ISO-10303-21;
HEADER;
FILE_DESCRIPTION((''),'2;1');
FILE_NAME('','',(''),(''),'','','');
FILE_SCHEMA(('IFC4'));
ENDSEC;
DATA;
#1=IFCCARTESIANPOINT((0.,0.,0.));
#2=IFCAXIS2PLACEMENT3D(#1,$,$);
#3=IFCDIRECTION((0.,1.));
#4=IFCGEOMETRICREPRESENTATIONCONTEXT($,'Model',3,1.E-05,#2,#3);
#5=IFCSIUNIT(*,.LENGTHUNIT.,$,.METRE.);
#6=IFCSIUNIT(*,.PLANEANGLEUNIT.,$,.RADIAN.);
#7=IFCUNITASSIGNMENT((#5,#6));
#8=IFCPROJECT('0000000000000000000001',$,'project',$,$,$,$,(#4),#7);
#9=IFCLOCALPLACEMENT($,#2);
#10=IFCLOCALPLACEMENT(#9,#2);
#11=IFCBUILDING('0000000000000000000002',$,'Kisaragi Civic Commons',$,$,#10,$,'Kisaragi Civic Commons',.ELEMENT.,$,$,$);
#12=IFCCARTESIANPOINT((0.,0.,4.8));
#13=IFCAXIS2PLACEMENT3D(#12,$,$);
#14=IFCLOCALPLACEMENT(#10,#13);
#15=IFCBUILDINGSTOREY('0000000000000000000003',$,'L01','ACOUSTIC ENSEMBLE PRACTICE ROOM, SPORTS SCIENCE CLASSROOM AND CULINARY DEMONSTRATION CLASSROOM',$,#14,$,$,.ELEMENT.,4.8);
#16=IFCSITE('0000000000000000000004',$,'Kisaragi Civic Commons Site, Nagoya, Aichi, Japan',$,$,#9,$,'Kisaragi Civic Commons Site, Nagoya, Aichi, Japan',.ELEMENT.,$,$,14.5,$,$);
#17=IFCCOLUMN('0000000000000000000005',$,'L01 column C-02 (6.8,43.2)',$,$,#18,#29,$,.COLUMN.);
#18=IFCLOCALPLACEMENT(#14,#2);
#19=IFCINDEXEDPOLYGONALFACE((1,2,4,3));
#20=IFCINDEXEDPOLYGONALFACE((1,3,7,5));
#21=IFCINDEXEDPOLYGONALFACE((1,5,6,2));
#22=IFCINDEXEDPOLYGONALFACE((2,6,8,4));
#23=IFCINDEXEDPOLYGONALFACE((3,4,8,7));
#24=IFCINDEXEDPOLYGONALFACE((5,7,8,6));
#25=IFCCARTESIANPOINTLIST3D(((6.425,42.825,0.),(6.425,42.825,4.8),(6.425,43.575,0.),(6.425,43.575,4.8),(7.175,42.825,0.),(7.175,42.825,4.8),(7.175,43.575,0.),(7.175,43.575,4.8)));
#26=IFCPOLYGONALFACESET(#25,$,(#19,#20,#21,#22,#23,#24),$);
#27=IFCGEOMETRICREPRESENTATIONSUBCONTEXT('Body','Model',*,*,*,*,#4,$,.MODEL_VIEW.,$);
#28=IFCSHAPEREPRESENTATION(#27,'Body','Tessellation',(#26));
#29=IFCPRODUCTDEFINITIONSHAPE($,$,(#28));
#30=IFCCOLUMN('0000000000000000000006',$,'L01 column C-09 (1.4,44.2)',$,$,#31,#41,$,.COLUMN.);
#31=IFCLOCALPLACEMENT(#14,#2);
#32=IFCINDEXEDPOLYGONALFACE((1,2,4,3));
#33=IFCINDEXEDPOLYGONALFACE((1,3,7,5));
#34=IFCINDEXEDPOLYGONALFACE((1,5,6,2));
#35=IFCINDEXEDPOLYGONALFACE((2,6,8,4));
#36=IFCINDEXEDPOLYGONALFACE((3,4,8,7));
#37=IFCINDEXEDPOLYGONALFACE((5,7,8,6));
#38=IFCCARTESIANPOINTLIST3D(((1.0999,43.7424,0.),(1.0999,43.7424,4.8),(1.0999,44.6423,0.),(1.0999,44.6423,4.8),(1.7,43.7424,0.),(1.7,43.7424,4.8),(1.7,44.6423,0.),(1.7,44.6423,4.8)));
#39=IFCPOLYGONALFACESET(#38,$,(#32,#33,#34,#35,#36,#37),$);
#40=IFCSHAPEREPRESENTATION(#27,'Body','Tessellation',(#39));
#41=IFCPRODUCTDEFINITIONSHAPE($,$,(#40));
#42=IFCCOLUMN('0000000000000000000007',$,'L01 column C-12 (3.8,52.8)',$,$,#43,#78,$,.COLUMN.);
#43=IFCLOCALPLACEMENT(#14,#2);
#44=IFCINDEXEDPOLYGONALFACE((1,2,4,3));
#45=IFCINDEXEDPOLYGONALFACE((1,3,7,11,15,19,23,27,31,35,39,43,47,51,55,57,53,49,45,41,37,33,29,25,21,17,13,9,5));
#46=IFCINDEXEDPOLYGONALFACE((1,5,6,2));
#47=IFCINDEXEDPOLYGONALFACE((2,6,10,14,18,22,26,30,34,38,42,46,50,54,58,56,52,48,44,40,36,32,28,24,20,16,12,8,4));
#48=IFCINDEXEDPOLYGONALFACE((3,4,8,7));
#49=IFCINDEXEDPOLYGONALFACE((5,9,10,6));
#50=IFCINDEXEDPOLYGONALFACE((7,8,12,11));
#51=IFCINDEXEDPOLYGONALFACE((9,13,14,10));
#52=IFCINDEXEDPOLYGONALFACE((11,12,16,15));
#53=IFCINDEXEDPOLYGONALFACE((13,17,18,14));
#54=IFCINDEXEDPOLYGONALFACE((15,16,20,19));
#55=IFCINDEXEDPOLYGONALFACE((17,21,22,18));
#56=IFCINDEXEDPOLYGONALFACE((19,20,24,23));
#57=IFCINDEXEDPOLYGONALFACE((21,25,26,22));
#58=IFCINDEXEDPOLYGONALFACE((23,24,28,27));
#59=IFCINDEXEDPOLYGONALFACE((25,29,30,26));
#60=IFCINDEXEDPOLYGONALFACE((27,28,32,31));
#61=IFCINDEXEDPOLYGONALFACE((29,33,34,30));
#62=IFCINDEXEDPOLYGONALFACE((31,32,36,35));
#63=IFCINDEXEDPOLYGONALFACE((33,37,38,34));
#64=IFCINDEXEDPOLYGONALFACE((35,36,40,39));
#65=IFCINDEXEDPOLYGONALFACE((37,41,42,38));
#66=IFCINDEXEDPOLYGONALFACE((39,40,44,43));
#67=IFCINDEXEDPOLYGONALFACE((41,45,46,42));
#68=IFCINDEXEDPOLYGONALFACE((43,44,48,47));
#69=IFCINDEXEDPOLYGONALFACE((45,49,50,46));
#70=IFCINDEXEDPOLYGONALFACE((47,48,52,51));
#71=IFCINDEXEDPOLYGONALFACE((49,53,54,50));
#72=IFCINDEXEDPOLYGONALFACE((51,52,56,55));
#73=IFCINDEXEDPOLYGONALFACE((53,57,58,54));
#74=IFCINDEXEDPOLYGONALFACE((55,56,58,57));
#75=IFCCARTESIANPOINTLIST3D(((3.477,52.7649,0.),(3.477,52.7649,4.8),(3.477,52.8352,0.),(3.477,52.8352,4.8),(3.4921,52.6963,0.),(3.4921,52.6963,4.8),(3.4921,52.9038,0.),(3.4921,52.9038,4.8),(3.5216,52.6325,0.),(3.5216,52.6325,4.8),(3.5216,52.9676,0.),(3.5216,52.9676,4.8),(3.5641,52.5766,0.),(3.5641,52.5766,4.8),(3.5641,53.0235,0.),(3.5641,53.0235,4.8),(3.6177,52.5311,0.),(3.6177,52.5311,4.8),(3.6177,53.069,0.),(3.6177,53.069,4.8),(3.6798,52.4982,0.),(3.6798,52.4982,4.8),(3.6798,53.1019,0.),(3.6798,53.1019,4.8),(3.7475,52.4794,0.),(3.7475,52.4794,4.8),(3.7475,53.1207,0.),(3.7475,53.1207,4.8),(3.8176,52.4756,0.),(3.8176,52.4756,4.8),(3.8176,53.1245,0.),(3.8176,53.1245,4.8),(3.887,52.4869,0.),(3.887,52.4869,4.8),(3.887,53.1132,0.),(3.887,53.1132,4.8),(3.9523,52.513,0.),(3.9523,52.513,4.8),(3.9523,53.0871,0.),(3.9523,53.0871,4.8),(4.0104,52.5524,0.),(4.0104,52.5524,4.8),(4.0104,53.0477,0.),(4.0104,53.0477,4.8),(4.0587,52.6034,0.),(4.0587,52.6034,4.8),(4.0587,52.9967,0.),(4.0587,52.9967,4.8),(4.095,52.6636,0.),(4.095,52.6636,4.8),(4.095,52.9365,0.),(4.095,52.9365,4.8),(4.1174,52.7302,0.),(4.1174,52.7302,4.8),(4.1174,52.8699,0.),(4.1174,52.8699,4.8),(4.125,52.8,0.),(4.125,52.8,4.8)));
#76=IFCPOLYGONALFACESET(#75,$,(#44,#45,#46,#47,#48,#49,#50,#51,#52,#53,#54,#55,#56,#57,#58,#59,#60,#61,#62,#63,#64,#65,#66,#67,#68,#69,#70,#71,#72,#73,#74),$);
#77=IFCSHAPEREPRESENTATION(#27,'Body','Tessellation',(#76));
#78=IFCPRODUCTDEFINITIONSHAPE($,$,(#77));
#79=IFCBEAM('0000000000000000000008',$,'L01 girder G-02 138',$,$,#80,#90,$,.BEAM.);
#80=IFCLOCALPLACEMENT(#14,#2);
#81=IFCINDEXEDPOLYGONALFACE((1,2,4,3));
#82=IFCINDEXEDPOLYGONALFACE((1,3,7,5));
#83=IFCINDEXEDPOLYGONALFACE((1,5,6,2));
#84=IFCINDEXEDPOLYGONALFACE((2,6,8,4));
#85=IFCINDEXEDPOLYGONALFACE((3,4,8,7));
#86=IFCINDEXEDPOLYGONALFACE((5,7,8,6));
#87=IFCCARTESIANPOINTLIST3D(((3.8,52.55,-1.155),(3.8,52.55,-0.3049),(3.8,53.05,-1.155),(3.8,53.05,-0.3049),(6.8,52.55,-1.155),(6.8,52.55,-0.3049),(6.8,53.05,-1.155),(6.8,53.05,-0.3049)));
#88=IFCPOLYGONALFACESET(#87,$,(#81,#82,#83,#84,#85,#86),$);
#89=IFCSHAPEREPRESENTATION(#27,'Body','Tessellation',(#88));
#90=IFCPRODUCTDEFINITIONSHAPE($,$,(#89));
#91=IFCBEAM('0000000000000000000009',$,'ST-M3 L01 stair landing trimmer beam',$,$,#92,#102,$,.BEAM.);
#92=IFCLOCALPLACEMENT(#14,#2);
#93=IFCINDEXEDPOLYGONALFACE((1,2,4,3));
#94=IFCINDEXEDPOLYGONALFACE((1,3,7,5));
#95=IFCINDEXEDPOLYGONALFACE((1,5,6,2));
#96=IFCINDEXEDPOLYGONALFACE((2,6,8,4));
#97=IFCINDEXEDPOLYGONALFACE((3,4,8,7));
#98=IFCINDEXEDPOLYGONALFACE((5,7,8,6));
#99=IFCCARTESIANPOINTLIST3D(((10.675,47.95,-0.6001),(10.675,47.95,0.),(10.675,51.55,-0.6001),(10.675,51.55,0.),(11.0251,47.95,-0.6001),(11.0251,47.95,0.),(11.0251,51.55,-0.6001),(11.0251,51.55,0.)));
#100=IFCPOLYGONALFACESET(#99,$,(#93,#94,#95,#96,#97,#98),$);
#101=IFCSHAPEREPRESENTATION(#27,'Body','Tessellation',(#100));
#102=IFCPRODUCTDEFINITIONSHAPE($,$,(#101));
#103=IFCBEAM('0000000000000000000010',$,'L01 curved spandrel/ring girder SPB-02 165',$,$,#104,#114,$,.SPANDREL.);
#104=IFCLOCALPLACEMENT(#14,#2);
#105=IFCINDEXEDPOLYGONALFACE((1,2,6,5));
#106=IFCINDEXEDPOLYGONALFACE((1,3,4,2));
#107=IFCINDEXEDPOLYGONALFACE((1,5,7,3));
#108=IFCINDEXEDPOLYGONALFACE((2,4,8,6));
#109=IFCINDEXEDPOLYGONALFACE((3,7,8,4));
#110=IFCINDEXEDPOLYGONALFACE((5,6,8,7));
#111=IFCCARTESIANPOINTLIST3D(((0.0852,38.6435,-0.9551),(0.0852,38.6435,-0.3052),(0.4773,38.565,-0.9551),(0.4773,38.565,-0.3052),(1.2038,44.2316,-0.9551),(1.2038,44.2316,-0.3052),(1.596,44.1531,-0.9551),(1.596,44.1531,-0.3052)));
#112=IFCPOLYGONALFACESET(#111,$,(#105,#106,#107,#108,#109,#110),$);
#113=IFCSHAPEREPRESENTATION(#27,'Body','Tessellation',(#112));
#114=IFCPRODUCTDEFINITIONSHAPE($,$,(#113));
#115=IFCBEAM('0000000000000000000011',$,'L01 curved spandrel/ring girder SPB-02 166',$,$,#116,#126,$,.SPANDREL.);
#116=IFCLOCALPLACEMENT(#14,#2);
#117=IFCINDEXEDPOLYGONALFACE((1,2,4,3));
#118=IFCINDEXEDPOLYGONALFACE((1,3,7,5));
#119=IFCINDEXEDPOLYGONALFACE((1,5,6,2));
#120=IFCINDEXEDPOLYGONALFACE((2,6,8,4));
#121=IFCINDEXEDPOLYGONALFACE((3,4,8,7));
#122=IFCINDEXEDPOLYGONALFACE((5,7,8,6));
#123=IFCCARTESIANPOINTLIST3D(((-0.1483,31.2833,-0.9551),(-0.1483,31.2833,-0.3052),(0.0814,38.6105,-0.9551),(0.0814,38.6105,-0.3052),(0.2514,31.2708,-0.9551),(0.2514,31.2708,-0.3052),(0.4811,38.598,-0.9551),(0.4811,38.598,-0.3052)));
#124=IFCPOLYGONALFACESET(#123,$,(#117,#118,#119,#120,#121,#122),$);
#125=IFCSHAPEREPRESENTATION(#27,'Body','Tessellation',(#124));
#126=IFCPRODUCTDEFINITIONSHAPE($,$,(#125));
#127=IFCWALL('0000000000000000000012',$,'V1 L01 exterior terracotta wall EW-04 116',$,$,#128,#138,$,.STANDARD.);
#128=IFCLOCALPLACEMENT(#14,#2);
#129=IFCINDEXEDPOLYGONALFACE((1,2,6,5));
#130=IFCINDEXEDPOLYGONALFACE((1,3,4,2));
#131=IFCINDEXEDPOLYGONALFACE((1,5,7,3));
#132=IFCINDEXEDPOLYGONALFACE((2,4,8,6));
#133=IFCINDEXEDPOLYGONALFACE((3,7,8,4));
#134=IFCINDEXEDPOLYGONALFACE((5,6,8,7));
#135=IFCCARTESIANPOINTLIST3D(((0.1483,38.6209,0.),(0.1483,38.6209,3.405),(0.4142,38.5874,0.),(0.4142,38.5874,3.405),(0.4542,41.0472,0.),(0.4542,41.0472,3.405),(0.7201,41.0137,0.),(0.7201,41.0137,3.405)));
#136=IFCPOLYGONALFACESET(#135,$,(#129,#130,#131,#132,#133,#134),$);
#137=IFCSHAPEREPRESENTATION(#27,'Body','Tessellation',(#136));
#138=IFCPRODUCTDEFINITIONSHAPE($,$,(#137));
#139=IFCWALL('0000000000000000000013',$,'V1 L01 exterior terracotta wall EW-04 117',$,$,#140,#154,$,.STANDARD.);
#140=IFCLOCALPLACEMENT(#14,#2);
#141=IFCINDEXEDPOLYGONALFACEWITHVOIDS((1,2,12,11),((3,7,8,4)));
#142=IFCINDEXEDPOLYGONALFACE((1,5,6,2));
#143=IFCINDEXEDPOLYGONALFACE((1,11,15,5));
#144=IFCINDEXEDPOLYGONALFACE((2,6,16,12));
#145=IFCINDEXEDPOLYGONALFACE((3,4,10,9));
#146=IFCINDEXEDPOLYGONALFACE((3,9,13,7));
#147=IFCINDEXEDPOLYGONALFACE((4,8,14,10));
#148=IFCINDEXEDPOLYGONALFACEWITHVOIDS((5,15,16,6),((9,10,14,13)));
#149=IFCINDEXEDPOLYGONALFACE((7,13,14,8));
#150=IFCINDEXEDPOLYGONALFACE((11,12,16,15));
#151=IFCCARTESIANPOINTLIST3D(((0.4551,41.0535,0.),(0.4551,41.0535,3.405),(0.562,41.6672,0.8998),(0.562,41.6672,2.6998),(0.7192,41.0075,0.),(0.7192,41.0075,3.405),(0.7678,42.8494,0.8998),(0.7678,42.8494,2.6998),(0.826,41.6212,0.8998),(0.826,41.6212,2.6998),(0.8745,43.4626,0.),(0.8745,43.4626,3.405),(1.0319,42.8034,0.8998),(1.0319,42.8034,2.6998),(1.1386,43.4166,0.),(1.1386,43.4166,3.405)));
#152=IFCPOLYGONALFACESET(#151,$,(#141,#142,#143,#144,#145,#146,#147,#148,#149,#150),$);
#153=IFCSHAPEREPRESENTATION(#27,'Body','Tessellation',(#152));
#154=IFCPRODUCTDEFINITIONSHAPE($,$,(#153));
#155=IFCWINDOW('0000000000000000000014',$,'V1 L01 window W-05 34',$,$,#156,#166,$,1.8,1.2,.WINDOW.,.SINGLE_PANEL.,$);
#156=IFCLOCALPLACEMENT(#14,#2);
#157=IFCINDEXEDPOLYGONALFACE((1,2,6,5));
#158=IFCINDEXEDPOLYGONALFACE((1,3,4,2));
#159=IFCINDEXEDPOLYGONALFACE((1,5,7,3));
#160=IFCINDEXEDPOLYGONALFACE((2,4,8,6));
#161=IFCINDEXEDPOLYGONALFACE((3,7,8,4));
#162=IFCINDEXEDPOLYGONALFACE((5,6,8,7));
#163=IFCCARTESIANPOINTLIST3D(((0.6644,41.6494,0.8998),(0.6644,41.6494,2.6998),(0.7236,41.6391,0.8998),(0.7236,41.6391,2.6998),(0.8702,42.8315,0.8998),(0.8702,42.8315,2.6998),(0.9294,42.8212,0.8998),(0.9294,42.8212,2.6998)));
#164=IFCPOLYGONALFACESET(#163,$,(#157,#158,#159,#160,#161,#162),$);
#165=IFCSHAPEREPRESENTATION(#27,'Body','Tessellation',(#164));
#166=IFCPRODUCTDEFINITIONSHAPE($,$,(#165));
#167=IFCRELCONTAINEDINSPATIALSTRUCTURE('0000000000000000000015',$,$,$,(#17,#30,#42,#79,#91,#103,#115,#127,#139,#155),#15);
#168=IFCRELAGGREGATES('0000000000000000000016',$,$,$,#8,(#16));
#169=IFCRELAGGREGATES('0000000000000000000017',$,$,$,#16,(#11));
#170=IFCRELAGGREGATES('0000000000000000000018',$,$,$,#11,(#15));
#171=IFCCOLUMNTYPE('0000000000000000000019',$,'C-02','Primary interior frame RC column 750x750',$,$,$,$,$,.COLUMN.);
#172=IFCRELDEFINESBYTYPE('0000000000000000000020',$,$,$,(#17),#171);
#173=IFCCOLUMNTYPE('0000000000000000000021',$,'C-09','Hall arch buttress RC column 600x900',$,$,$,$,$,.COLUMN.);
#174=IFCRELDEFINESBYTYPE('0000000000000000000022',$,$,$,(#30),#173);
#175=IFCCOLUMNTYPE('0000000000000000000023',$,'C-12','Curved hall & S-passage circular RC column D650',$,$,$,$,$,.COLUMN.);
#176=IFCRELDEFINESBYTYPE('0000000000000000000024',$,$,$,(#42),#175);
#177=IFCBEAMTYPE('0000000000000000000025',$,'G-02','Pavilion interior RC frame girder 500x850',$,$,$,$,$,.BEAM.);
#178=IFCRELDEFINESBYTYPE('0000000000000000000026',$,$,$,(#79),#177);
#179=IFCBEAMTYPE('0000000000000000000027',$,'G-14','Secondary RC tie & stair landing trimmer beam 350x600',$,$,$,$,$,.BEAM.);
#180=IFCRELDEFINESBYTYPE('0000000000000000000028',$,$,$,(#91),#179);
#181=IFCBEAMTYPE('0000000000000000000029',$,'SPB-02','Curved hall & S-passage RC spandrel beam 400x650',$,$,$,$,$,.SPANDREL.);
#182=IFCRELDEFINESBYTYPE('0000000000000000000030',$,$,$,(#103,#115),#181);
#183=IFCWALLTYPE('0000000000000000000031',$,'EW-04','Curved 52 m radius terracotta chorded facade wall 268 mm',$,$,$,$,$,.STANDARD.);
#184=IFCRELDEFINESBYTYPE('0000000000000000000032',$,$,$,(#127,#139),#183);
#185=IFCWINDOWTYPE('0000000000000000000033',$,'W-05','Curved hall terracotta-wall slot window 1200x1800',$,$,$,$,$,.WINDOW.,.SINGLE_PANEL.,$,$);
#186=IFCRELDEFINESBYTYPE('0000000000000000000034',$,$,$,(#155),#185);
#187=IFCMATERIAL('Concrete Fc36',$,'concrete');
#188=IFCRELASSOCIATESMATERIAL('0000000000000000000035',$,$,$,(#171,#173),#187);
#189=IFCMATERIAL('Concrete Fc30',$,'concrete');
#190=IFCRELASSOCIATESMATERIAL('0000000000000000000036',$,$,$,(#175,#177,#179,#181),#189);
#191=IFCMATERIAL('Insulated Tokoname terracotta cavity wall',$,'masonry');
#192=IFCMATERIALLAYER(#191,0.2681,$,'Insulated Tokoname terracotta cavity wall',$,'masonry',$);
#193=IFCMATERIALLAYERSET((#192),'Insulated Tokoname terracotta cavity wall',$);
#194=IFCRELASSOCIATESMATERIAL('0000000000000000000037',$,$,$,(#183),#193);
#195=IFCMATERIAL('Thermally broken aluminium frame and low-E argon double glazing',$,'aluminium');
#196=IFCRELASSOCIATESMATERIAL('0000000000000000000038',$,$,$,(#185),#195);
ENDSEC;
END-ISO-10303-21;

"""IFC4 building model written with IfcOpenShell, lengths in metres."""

from ifc_helpers import new_model, si_unit, direction, frame, frame_2d, origin, origin_2d, place, context, subcontext, project, spatial, rectangle, circle, extrude, material, layer, layer_set, material_profile, profile_set, type_object, element, fill, save


model = new_model("IFC4")

# Units and contexts
model_context = context("Model", 3, precision=1e-05, world=origin(), true_north=direction((0.0, 1.0)))
body_context = subcontext(model_context, "Body", "Model", "MODEL_VIEW")
ifc_project = project(units=[si_unit("LENGTHUNIT", "METRE"), si_unit("PLANEANGLEUNIT", "RADIAN")], contexts=[model_context])

# Site, building, storey
site_placement = place(None, origin())
site = spatial("IfcSite", under=ifc_project, at=site_placement, Name="Kisaragi Civic Commons Site, Nagoya, Aichi, Japan", LongName="Kisaragi Civic Commons Site, Nagoya, Aichi, Japan", CompositionType="ELEMENT", RefElevation=14.5)
building_placement = place(site_placement, origin())
building = spatial("IfcBuilding", under=site, at=building_placement, Name="Kisaragi Civic Commons", LongName="Kisaragi Civic Commons", CompositionType="ELEMENT")
storey_placement = place(building_placement, frame((0.0, 0.0, 4.8)))
storey = spatial("IfcBuildingStorey", under=building, at=storey_placement, Name="L01", Description="ACOUSTIC ENSEMBLE PRACTICE ROOM, SPORTS SCIENCE CLASSROOM AND CULINARY DEMONSTRATION CLASSROOM", CompositionType="ELEMENT", Elevation=4.8)

# Columns
ifc_material_1 = material(Name="Concrete Fc36", Category="concrete")
ifc_material_profile_1 = material_profile(ifc_material_1, rectangle(XDim=0.75, YDim=0.75, at=origin_2d()), Name="RC-750x750", Category="concrete")
ifc_profile_set_1 = profile_set([ifc_material_profile_1], Name="Concrete Fc36")
column_type_1 = type_object("IfcColumnType", Name="C-02", Description="Primary interior frame RC column 750x750", PredefinedType="COLUMN", material=ifc_profile_set_1)
column_1_placement = place(storey_placement, frame((6.8, 43.2, 0.0), z_axis=(0.0, 0.0, 1.0), x_axis=(1.0, 0.0, 0.0)))
element("IfcColumn", 1, at=column_1_placement, inside=storey, type_object=column_type_1, Name="L01 column C-02 (6.8,43.2)", PredefinedType="COLUMN", context=body_context, shape_type="SweptSolid", body=[
    extrude(rectangle(XDim=0.75, YDim=0.75, at=origin_2d()), origin(), (0.0, 0.0, 1.0), 4.8),
])
ifc_material_profile_2 = material_profile(ifc_material_1, rectangle(XDim=0.6001, YDim=0.8999, at=origin_2d()), Name="RC-600x900", Category="concrete")
ifc_profile_set_2 = profile_set([ifc_material_profile_2], Name="Concrete Fc36")
column_type_2 = type_object("IfcColumnType", Name="C-09", Description="Hall arch buttress RC column 600x900", PredefinedType="COLUMN", material=ifc_profile_set_2)
column_2_placement = place(storey_placement, frame((1.3999, 44.1924, 0.0), z_axis=(0.0, 0.0, 1.0), x_axis=(1.0, 0.0, 0.0)))
element("IfcColumn", 2, at=column_2_placement, inside=storey, type_object=column_type_2, Name="L01 column C-09 (1.4,44.2)", PredefinedType="COLUMN", context=body_context, shape_type="SweptSolid", body=[
    extrude(rectangle(XDim=0.6001, YDim=0.8999, at=origin_2d()), origin(), (0.0, 0.0, 1.0), 4.8),
])
ifc_material_2 = material(Name="Concrete Fc30", Category="concrete")
ifc_material_profile_3 = material_profile(ifc_material_2, circle(Radius=0.325, at=origin_2d()), Name="RC-D650", Category="concrete")
ifc_profile_set_3 = profile_set([ifc_material_profile_3], Name="Concrete Fc30")
column_type_3 = type_object("IfcColumnType", Name="C-12", Description="Curved hall & S-passage circular RC column D650", PredefinedType="COLUMN", material=ifc_profile_set_3)
column_3_placement = place(storey_placement, frame((3.8, 52.8, 0.0), z_axis=(0.0, 0.0, 1.0), x_axis=(1.0, 0.0, 0.0)))
element("IfcColumn", 3, at=column_3_placement, inside=storey, type_object=column_type_3, Name="L01 column C-12 (3.8,52.8)", PredefinedType="COLUMN", context=body_context, shape_type="SweptSolid", body=[
    extrude(circle(Radius=0.325, at=origin_2d()), origin(), (0.0, 0.0, 1.0), 4.8),
])

# Beams
ifc_material_profile_4 = material_profile(ifc_material_2, rectangle(XDim=0.5, YDim=0.8501, at=origin_2d()), Name="RC-500x850", Category="concrete")
ifc_profile_set_4 = profile_set([ifc_material_profile_4], Name="Concrete Fc30")
beam_type_1 = type_object("IfcBeamType", Name="G-02", Description="Pavilion interior RC frame girder 500x850", PredefinedType="BEAM", material=ifc_profile_set_4)
beam_1_placement = place(storey_placement, frame((3.8, 52.8, -0.73), z_axis=(1.0, 0.0, 0.0), x_axis=(0.0, 1.0, 0.0)))
element("IfcBeam", 4, at=beam_1_placement, inside=storey, type_object=beam_type_1, Name="L01 girder G-02 138", PredefinedType="BEAM", context=body_context, shape_type="SweptSolid", body=[
    extrude(rectangle(XDim=0.5, YDim=0.8501, at=origin_2d()), origin(), (0.0, 0.0, 1.0), 3.0),
])
ifc_material_profile_5 = material_profile(ifc_material_2, rectangle(XDim=0.3501, YDim=0.6001, at=origin_2d()), Name="RC-350x600", Category="concrete")
ifc_profile_set_5 = profile_set([ifc_material_profile_5], Name="Concrete Fc30")
beam_type_2 = type_object("IfcBeamType", Name="G-14", Description="Secondary RC tie & stair landing trimmer beam 350x600", PredefinedType="BEAM", material=ifc_profile_set_5)
beam_2_placement = place(storey_placement, frame((10.8501, 51.55, -0.3), z_axis=(0.0, -1.0, 0.0), x_axis=(1.0, 0.0, 0.0)))
element("IfcBeam", 5, at=beam_2_placement, inside=storey, type_object=beam_type_2, Name="ST-M3 L01 stair landing trimmer beam", PredefinedType="BEAM", context=body_context, shape_type="SweptSolid", body=[
    extrude(rectangle(XDim=0.3501, YDim=0.6001, at=origin_2d()), origin(), (0.0, 0.0, 1.0), 3.6001),
])
ifc_material_profile_6 = material_profile(ifc_material_2, rectangle(XDim=0.3999, YDim=0.6499, at=origin_2d()), Name="RC-400x650", Category="concrete")
ifc_profile_set_6 = profile_set([ifc_material_profile_6], Name="Concrete Fc30")
beam_type_3 = type_object("IfcBeamType", Name="SPB-02", Description="Curved hall & S-passage RC spandrel beam 400x650", PredefinedType="SPANDREL", material=ifc_profile_set_6)
beam_3_placement = place(storey_placement, frame((1.3999, 44.1924, -0.6301), z_axis=(-0.196289, -0.980546, 0.0), x_axis=(0.980546, -0.196289, 0.0)))
element("IfcBeam", 6, at=beam_3_placement, inside=storey, type_object=beam_type_3, Name="L01 curved spandrel/ring girder SPB-02 165", PredefinedType="SPANDREL", context=body_context, shape_type="SweptSolid", body=[
    extrude(rectangle(XDim=0.3999, YDim=0.6499, at=origin_2d()), origin(), (0.0, 0.0, 1.0), 5.699),
])
beam_4_placement = place(storey_placement, frame((0.2812, 38.6042, -0.6301), z_axis=(-0.031339, -0.999509, 0.0), x_axis=(0.999509, -0.031339, 0.0)))
element("IfcBeam", 7, at=beam_4_placement, inside=storey, type_object=beam_type_3, Name="L01 curved spandrel/ring girder SPB-02 166", PredefinedType="SPANDREL", context=body_context, shape_type="SweptSolid", body=[
    extrude(rectangle(XDim=0.3999, YDim=0.6499, at=origin_2d()), origin(), (0.0, 0.0, 1.0), 7.3308),
])

# Wall
ifc_material_3 = material(Name="Insulated Tokoname terracotta cavity wall", Category="masonry")
ifc_layer_1 = layer(ifc_material_3, 0.2681, Name="Insulated Tokoname terracotta cavity wall", Category="masonry")
ifc_layer_set_1 = layer_set([ifc_layer_1], Name="Insulated Tokoname terracotta cavity wall")
wall_type_1 = type_object("IfcWallType", Name="EW-04", Description="Curved 52 m radius terracotta chorded facade wall 268 mm", PredefinedType="STANDARD", material=ifc_layer_set_1)
wall_1_placement = place(storey_placement, frame((0.2812, 38.6042, 0.0), z_axis=(0.0, 0.0, 1.0), x_axis=(0.125091, 0.992145, 0.0)))
element("IfcWall", 8, at=wall_1_placement, inside=storey, type_object=wall_type_1, Name="V1 L01 exterior terracotta wall EW-04 116", PredefinedType="STANDARD", context=body_context, shape_type="SweptSolid", body=[
    extrude(rectangle(XDim=2.4456, YDim=0.2681, at=frame_2d((1.2227, 0.0))), origin(), (0.0, 0.0, 1.0), 3.405),
])

# Wall, opening, window
wall_2_placement = place(storey_placement, frame((0.5872, 41.0305, 0.0), z_axis=(0.0, 0.0, 1.0), x_axis=(0.171518, 0.985181, 0.0)))
wall_2 = element("IfcWall", 9, at=wall_2_placement, inside=storey, type_object=wall_type_1, Name="V1 L01 exterior terracotta wall EW-04 117", PredefinedType="STANDARD", context=body_context, shape_type="SweptSolid", body=[
    extrude(rectangle(XDim=2.4453, YDim=0.2681, at=frame_2d((1.2227, 0.0))), origin(), (0.0, 0.0, 1.0), 3.405),
])
opening_1_placement = place(wall_2_placement, frame((0.6228, 0.0, 0.8999)))
opening_1 = element("IfcOpeningElement", 10, at=opening_1_placement, cuts=wall_2, PredefinedType="OPENING", context=body_context, shape_type="SweptSolid", body=[
    extrude(rectangle(XDim=1.2, YDim=1.8, at=frame_2d((0.6001, 0.8999))), frame((0.0, 0.144, 0.0), z_axis=(0.0, -1.0, 0.0), x_axis=(1.0, 0.0, 0.0)), (0.0, 0.0, 1.0), 0.2881),
])
ifc_material_4 = material(Name="Thermally broken aluminium frame and low-E argon double glazing", Category="aluminium")
window_type = type_object("IfcWindowType", Name="W-05", Description="Curved hall terracotta-wall slot window 1200x1800", PartitioningType="SINGLE_PANEL", PredefinedType="WINDOW", material=ifc_material_4)
window_1_placement = place(opening_1_placement, origin())
window_1 = element("IfcWindow", 11, at=window_1_placement, inside=storey, type_object=window_type, Name="V1 L01 window W-05 34", OverallHeight=1.8, OverallWidth=1.2, PartitioningType="SINGLE_PANEL", PredefinedType="WINDOW", context=body_context, shape_type="SweptSolid", body=[
    extrude(rectangle(XDim=1.2, YDim=1.8, at=frame_2d((0.6001, 0.8999))), frame((0.0, 0.03, 0.0), z_axis=(0.0, -1.0, 0.0), x_axis=(1.0, 0.0, 0.0)), (0.0, 0.0, 1.0), 0.0601),
])
fill(opening_1, window_1)

save(model, "model.ifc")
